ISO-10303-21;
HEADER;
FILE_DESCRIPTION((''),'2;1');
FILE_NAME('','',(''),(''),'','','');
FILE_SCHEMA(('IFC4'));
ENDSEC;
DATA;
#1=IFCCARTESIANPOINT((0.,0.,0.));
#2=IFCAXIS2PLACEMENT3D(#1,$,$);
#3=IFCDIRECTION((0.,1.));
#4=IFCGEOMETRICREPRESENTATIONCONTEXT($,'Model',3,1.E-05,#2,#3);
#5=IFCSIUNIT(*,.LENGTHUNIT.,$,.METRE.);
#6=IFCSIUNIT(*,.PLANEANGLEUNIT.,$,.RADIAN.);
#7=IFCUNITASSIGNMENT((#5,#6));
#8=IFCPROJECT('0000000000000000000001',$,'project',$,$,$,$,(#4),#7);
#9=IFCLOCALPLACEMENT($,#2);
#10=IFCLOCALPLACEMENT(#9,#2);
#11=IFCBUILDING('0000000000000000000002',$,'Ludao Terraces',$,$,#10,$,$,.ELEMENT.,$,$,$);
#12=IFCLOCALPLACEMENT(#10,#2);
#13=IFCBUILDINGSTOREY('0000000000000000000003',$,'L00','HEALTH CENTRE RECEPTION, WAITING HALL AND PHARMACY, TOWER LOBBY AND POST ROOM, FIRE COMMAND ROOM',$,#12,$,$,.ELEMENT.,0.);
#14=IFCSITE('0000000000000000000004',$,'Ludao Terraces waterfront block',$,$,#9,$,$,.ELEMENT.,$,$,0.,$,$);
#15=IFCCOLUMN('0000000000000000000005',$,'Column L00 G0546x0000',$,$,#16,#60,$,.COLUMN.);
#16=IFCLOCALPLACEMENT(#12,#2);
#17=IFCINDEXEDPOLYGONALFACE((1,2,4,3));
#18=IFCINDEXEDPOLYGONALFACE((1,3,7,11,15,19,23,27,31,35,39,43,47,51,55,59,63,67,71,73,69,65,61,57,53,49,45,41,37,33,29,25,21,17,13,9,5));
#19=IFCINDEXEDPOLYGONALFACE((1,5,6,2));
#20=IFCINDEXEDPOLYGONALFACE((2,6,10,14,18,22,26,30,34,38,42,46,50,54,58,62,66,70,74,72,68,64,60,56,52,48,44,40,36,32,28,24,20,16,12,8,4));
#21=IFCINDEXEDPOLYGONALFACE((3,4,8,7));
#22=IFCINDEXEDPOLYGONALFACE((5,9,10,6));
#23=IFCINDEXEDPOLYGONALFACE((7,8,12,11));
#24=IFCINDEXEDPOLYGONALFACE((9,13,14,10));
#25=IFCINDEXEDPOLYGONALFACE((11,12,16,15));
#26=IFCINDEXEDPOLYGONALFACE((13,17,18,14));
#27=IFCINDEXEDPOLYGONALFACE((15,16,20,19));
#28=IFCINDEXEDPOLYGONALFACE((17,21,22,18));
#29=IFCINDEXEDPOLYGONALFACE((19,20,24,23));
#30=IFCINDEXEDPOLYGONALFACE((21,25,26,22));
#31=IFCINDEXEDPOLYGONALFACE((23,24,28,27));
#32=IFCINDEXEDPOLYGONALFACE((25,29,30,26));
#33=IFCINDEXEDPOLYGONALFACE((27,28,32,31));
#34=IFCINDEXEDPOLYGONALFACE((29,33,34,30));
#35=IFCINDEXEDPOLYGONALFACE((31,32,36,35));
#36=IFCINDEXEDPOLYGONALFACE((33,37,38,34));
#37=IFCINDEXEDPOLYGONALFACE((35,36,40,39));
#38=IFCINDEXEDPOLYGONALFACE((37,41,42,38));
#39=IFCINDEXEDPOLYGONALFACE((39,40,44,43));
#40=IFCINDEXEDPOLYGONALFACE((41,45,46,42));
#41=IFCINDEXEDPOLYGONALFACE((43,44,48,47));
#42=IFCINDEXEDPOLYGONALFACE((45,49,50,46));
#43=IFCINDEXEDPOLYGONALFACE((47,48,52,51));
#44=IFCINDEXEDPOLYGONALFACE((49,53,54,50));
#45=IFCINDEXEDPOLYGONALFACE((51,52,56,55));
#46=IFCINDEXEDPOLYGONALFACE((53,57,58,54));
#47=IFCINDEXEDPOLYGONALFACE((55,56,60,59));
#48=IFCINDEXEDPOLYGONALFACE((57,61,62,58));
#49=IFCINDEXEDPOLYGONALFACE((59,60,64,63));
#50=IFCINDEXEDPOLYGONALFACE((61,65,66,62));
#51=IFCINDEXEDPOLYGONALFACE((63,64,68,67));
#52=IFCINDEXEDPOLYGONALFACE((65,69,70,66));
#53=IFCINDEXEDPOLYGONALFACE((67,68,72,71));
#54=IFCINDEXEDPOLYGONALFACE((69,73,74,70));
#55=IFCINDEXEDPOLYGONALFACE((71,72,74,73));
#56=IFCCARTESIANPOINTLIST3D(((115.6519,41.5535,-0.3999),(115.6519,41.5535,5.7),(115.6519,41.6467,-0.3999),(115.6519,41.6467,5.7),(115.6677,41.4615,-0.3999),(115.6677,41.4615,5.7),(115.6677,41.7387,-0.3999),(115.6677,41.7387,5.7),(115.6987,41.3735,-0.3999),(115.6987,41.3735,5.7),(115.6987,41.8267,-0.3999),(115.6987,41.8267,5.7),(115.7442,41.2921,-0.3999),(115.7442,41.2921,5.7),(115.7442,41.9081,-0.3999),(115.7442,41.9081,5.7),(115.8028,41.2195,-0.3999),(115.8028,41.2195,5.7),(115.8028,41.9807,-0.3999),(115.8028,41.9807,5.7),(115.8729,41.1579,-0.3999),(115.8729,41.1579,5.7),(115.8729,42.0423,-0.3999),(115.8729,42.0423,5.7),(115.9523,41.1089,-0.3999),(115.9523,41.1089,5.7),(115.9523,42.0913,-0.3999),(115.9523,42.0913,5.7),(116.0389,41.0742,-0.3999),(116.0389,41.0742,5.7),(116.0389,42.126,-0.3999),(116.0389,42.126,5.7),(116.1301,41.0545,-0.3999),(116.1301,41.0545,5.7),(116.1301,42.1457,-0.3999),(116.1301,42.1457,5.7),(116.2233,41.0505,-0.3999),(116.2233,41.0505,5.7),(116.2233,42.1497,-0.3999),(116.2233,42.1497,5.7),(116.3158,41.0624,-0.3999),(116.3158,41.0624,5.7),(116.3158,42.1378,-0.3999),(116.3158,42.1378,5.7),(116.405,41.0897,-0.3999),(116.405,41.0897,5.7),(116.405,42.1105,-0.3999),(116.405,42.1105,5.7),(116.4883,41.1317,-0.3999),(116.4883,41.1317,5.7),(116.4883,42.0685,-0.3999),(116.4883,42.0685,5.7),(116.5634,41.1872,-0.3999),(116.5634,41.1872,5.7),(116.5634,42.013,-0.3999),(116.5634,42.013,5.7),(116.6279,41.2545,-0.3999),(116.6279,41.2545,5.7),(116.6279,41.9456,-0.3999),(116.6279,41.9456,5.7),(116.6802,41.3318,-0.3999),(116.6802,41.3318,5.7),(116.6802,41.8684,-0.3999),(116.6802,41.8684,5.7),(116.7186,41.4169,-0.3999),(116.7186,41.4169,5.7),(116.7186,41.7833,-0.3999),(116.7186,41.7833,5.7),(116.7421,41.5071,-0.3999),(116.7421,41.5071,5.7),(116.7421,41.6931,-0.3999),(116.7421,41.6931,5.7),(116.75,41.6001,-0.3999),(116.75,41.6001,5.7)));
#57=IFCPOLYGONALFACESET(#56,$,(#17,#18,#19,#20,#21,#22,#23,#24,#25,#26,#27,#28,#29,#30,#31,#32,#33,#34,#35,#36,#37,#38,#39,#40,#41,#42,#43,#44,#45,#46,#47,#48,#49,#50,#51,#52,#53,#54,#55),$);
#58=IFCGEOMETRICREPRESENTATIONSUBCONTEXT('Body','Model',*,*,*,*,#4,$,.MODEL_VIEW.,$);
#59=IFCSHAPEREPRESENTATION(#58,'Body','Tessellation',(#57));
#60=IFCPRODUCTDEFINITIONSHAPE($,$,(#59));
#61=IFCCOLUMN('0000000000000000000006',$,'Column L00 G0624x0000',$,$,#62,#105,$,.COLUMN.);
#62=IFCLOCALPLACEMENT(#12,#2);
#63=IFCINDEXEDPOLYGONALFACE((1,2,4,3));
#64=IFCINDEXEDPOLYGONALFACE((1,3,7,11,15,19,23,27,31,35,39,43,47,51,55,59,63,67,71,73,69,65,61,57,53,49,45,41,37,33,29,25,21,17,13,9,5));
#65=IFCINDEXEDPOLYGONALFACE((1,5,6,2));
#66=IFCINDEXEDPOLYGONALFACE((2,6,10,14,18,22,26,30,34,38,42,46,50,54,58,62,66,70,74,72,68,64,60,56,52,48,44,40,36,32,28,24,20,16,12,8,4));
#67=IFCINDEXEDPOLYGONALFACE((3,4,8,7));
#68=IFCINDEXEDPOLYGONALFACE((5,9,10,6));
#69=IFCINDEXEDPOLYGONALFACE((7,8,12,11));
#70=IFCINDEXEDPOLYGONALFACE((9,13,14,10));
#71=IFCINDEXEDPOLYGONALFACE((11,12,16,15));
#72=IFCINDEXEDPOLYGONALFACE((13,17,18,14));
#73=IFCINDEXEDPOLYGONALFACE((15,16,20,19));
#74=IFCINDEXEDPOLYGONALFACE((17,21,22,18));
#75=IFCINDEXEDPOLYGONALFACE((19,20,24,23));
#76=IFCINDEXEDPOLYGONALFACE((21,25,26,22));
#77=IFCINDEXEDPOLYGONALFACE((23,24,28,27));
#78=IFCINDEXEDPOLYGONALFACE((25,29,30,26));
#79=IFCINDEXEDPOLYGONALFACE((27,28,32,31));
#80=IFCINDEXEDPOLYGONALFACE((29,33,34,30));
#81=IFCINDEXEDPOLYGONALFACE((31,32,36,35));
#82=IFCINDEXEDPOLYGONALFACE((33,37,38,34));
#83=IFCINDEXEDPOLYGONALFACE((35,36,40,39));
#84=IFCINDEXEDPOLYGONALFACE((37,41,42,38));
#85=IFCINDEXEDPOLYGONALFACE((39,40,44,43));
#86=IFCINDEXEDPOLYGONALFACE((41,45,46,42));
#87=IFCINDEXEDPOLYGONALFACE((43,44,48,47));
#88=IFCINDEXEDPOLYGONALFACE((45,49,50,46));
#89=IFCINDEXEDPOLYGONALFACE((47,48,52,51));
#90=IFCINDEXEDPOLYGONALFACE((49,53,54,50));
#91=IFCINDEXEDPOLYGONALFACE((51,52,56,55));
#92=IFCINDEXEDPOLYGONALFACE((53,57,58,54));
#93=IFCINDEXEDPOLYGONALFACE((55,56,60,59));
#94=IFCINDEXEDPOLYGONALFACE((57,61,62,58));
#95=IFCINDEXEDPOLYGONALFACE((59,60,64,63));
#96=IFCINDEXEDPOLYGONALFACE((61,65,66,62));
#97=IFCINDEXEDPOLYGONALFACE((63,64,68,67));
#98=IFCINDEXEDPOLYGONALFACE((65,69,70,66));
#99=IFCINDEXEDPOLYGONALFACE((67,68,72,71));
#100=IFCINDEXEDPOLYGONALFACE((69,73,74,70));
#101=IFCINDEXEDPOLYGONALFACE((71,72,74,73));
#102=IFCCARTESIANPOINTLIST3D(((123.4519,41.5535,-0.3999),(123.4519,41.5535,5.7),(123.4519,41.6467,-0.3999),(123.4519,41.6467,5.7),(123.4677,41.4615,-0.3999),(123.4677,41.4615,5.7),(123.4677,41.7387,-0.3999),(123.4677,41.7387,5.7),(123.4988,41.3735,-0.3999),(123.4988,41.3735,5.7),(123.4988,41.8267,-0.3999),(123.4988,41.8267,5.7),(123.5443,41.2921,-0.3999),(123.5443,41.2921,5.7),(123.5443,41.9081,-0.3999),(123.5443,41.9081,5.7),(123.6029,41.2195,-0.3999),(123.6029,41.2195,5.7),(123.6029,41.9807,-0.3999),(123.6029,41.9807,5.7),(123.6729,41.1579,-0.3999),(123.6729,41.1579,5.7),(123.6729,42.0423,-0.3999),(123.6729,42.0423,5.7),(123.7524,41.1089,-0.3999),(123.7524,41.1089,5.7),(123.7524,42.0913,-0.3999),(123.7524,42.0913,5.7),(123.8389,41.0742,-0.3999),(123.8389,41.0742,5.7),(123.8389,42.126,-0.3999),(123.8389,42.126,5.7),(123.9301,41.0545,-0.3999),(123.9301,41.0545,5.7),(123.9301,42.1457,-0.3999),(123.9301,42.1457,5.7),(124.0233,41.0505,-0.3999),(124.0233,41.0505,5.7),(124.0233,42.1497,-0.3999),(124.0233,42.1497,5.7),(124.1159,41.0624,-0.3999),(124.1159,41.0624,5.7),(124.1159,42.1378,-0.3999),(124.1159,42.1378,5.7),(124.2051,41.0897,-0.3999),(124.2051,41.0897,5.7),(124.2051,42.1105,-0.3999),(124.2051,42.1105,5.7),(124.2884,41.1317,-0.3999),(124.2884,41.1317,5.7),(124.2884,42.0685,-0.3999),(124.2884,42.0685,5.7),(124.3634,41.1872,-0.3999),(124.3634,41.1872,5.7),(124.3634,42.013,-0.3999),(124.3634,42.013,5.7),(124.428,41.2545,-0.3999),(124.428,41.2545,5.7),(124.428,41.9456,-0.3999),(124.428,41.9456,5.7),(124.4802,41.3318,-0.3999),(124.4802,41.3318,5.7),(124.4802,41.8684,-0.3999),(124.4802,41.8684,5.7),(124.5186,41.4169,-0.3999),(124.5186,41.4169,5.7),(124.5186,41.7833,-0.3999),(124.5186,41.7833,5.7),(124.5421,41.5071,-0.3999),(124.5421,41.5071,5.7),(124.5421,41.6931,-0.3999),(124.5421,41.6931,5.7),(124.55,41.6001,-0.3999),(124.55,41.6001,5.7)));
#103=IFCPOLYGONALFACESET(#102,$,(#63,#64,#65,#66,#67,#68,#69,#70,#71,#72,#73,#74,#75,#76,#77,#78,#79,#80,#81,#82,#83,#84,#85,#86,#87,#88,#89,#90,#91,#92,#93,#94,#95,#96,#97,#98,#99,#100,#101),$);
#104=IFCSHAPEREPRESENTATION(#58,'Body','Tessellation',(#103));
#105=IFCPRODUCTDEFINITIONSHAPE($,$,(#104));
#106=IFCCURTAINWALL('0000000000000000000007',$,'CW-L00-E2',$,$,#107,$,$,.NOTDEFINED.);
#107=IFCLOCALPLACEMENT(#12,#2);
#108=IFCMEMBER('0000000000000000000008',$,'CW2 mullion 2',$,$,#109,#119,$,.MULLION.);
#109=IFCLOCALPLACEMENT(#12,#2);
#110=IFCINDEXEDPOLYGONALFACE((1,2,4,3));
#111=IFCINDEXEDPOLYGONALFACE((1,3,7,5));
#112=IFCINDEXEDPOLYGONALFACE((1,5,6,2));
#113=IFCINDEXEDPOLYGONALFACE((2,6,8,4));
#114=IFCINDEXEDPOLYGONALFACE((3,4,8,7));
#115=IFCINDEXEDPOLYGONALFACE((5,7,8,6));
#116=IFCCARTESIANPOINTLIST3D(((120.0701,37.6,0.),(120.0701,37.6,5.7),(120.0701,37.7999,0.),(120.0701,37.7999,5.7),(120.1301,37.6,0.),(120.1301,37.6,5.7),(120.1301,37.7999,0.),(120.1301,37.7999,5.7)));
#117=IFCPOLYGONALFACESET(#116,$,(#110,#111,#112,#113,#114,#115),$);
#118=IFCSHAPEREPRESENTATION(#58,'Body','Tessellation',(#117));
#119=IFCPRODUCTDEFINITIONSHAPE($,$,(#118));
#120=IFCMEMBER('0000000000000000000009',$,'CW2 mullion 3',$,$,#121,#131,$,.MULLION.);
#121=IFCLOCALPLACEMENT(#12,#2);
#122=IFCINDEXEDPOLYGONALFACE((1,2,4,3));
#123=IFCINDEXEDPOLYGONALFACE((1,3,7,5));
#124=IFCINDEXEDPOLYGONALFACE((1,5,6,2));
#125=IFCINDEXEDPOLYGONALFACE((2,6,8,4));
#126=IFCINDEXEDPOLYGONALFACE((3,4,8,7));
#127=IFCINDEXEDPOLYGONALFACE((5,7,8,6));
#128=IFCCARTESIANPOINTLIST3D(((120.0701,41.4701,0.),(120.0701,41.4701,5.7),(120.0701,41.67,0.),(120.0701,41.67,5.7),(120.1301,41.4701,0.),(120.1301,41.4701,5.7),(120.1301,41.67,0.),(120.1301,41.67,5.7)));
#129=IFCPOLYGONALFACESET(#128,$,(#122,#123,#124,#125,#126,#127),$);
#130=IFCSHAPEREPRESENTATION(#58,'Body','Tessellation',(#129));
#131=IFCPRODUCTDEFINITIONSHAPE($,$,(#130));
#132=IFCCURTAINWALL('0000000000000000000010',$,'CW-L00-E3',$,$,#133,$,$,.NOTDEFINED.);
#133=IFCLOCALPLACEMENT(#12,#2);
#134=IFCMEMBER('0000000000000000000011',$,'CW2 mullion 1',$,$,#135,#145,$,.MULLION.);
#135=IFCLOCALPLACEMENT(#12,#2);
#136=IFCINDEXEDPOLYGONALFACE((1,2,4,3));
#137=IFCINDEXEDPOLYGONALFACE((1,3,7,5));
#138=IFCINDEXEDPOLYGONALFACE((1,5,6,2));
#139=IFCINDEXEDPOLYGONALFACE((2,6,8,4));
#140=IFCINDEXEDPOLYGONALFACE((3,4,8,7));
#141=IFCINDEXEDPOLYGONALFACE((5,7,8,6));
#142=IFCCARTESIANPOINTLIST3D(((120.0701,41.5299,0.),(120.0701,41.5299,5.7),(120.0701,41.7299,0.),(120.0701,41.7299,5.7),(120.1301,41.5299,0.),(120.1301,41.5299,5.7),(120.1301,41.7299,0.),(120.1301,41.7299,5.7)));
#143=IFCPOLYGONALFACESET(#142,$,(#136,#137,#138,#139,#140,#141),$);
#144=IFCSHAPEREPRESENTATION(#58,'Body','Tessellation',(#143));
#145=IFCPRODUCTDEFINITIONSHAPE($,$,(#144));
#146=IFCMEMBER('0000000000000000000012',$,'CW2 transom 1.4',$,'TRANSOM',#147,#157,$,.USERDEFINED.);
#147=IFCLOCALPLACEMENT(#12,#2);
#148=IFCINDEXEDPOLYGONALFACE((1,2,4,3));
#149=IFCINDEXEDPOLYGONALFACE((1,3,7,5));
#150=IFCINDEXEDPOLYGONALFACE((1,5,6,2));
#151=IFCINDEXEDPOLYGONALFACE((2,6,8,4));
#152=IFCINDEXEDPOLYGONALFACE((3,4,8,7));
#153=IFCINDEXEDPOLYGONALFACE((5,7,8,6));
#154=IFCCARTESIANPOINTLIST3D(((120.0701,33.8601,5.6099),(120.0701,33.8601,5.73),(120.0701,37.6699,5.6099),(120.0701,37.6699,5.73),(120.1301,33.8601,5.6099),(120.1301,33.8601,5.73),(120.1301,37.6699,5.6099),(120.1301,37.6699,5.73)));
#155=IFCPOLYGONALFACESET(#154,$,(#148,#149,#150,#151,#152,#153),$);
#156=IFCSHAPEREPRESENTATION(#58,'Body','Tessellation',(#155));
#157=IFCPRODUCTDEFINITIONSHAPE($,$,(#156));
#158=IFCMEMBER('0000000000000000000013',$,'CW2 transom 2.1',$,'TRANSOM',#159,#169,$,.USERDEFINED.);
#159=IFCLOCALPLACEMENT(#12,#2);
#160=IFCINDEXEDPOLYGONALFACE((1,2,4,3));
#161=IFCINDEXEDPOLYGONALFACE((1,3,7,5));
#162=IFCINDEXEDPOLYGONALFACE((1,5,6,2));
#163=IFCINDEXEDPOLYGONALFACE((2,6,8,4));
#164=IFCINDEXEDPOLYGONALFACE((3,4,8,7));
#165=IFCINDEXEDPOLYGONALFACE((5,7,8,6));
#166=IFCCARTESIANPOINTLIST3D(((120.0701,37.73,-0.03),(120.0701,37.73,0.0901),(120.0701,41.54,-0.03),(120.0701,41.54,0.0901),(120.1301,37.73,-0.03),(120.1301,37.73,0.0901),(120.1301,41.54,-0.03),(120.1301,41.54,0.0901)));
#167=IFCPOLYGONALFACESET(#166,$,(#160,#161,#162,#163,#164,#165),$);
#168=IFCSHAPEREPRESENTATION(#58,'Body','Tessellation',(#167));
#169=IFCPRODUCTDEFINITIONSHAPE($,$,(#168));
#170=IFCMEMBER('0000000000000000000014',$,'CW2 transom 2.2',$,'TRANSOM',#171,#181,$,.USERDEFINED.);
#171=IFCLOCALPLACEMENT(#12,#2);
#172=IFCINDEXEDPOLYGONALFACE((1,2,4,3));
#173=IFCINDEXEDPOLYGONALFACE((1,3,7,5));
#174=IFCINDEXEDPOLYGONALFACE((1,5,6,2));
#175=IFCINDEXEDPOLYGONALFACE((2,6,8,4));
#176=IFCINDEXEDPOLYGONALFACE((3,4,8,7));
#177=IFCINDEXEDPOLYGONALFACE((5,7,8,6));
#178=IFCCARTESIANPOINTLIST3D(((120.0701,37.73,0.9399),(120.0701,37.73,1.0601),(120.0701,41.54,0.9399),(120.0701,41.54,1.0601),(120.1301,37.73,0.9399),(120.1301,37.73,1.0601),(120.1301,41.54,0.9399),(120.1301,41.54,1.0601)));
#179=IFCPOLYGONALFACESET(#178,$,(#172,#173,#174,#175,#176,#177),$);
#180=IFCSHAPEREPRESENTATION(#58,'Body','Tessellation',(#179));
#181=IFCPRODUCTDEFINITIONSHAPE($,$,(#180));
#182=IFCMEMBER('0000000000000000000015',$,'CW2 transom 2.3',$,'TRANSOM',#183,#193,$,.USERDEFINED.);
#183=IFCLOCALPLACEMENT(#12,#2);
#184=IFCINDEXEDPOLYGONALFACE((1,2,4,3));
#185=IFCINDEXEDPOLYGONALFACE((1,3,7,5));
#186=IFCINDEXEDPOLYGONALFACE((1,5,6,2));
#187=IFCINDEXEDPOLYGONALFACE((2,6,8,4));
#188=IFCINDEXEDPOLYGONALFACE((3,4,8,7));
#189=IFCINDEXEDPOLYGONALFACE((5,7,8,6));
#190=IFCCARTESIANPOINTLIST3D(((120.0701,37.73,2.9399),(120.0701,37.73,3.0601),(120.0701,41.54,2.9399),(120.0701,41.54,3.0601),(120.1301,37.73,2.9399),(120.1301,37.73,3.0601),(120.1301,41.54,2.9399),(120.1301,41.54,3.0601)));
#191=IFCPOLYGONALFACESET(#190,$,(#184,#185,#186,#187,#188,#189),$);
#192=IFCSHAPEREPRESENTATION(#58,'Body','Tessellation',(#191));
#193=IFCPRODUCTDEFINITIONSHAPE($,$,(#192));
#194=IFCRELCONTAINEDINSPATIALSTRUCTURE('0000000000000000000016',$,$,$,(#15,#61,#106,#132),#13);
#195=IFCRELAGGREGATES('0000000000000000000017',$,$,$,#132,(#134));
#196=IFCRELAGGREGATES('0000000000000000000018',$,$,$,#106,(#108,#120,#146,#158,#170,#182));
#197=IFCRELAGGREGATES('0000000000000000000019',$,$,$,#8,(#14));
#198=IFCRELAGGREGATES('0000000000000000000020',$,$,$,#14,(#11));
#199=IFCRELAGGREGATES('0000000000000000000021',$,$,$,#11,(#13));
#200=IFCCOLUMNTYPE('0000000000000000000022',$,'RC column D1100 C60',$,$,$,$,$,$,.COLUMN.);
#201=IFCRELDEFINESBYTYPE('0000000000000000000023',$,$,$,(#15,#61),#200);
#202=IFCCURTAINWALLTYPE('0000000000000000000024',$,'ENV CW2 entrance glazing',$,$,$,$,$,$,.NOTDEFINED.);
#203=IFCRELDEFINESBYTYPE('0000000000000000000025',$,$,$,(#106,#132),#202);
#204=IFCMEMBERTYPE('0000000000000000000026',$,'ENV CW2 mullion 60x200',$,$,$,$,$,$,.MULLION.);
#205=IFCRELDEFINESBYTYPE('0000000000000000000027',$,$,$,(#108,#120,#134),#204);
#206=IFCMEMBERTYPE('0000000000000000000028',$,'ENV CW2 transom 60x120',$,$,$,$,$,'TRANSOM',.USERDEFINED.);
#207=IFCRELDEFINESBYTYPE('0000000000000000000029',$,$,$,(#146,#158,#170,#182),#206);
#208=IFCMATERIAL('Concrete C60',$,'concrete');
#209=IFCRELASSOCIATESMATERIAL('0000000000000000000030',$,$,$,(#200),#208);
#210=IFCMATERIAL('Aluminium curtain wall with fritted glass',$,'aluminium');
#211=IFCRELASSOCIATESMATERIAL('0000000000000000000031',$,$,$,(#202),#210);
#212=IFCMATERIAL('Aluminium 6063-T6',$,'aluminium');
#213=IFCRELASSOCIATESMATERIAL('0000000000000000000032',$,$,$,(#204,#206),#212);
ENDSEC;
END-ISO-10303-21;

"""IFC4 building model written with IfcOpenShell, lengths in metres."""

from ifc_helpers import new_model, si_unit, direction, frame, origin, origin_2d, place, context, subcontext, project, spatial, rectangle, circle, extrude, material, material_profile, profile_set, type_object, element, aggregate, save


model = new_model("IFC4")

# Units and contexts
model_context = context("Model", 3, precision=1e-05, world=origin(), true_north=direction((0.0, 1.0)))
body_context = subcontext(model_context, "Body", "Model", "MODEL_VIEW")
ifc_project = project(units=[si_unit("LENGTHUNIT", "METRE"), si_unit("PLANEANGLEUNIT", "RADIAN")], contexts=[model_context])

# Site, building, storey
site_placement = place(None, origin())
site = spatial("IfcSite", under=ifc_project, at=site_placement, Name="Ludao Terraces waterfront block", CompositionType="ELEMENT", RefElevation=0.0)
building_placement = place(site_placement, origin())
building = spatial("IfcBuilding", under=site, at=building_placement, Name="Ludao Terraces", CompositionType="ELEMENT")
storey_placement = place(building_placement, origin())
storey = spatial("IfcBuildingStorey", under=building, at=storey_placement, Name="L00", Description="HEALTH CENTRE RECEPTION, WAITING HALL AND PHARMACY, TOWER LOBBY AND POST ROOM, FIRE COMMAND ROOM", CompositionType="ELEMENT", Elevation=0.0)

# Columns
ifc_material_1 = material(Name="Concrete C60", Category="concrete")
ifc_material_profile_1 = material_profile(ifc_material_1, circle(Radius=0.55, at=origin_2d()), Name="D1100")
ifc_profile_set_1 = profile_set([ifc_material_profile_1], Name="Concrete C60")
column_type = type_object("IfcColumnType", Name="RC column D1100 C60", PredefinedType="COLUMN", material=ifc_profile_set_1)
for number, where, z_axis, x_axis, name in (
    (1, (116.2, 41.6001, -0.3999), (0.0, 0.0, 1.0), (1.0, 0.0, 0.0), "Column L00 G0546x0000"),
    (2, (124.0, 41.6001, -0.3999), (0.0, 0.0, 1.0), (1.0, 0.0, 0.0), "Column L00 G0624x0000"),
):
    element("IfcColumn", number, at=place(storey_placement, frame(where, z_axis=z_axis, x_axis=x_axis)), inside=storey, type_object=column_type, Name=name, PredefinedType="COLUMN", context=body_context, shape_type="SweptSolid", body=[
        extrude(circle(Radius=0.55, at=origin_2d()), origin(), (0.0, 0.0, 1.0), 6.0999),
    ])

# Curtain wall, members
ifc_material_2 = material(Name="Aluminium curtain wall with fritted glass", Category="aluminium")
curtain_wall_type = type_object("IfcCurtainWallType", Name="ENV CW2 entrance glazing", PredefinedType="NOTDEFINED", material=ifc_material_2)
curtain_wall_1_placement = place(storey_placement, origin())
curtain_wall_1 = element("IfcCurtainWall", 3, at=curtain_wall_1_placement, inside=storey, type_object=curtain_wall_type, Name="CW-L00-E2", PredefinedType="NOTDEFINED")
ifc_material_3 = material(Name="Aluminium 6063-T6", Category="aluminium")
ifc_material_profile_2 = material_profile(ifc_material_3, rectangle(XDim=0.0601, YDim=0.2, at=origin_2d()), Name="60 X 200")
ifc_profile_set_2 = profile_set([ifc_material_profile_2], Name="Aluminium 6063-T6")
member_type_1 = type_object("IfcMemberType", Name="ENV CW2 mullion 60x200", PredefinedType="MULLION", material=ifc_profile_set_2)
member_1_placement = place(storey_placement, frame((120.1001, 37.7, 0.0), z_axis=(0.0, 0.0, 1.0), x_axis=(-1.0, 0.0, 0.0)))
member_1 = element("IfcMember", 4, at=member_1_placement, type_object=member_type_1, Name="CW2 mullion 2", PredefinedType="MULLION", context=body_context, shape_type="SweptSolid", body=[
    extrude(rectangle(XDim=0.0601, YDim=0.2, at=origin_2d()), origin(), (0.0, 0.0, 1.0), 5.7),
])
member_2_placement = place(storey_placement, frame((120.1001, 41.5701, 0.0), z_axis=(0.0, 0.0, 1.0), x_axis=(-1.0, 0.0, 0.0)))
member_2 = element("IfcMember", 5, at=member_2_placement, type_object=member_type_1, Name="CW2 mullion 3", PredefinedType="MULLION", context=body_context, shape_type="SweptSolid", body=[
    extrude(rectangle(XDim=0.0601, YDim=0.2, at=origin_2d()), origin(), (0.0, 0.0, 1.0), 5.7),
])

# Curtain wall, member
curtain_wall_2_placement = place(storey_placement, origin())
curtain_wall_2 = element("IfcCurtainWall", 6, at=curtain_wall_2_placement, inside=storey, type_object=curtain_wall_type, Name="CW-L00-E3", PredefinedType="NOTDEFINED")
member_3_placement = place(storey_placement, frame((120.1001, 41.6299, 0.0), z_axis=(0.0, 0.0, 1.0), x_axis=(-1.0, 0.0, 0.0)))
member_3 = element("IfcMember", 7, at=member_3_placement, type_object=member_type_1, Name="CW2 mullion 1", PredefinedType="MULLION", context=body_context, shape_type="SweptSolid", body=[
    extrude(rectangle(XDim=0.0601, YDim=0.2, at=origin_2d()), origin(), (0.0, 0.0, 1.0), 5.7),
])

# Members
ifc_material_profile_3 = material_profile(ifc_material_3, rectangle(XDim=0.0601, YDim=0.1201, at=origin_2d()), Name="60 X 120")
ifc_profile_set_3 = profile_set([ifc_material_profile_3], Name="Aluminium 6063-T6")
member_type_2 = type_object("IfcMemberType", Name="ENV CW2 transom 60x120", ElementType="TRANSOM", PredefinedType="USERDEFINED", material=ifc_profile_set_3)
member_4_placement = place(storey_placement, frame((120.1001, 33.8601, 5.6699), z_axis=(0.0, 1.0, 0.0), x_axis=(-1.0, 0.0, 0.0)))
member_4 = element("IfcMember", 8, at=member_4_placement, type_object=member_type_2, Name="CW2 transom 1.4", ObjectType="TRANSOM", PredefinedType="USERDEFINED", context=body_context, shape_type="SweptSolid", body=[
    extrude(rectangle(XDim=0.0601, YDim=0.1201, at=origin_2d()), origin(), (0.0, 0.0, 1.0), 3.8098),
])
member_5_placement = place(storey_placement, frame((120.1001, 37.73, 0.03), z_axis=(0.0, 1.0, 0.0), x_axis=(-1.0, 0.0, 0.0)))
member_5 = element("IfcMember", 9, at=member_5_placement, type_object=member_type_2, Name="CW2 transom 2.1", ObjectType="TRANSOM", PredefinedType="USERDEFINED", context=body_context, shape_type="SweptSolid", body=[
    extrude(rectangle(XDim=0.0601, YDim=0.1201, at=origin_2d()), origin(), (0.0, 0.0, 1.0), 3.8101),
])
member_6_placement = place(storey_placement, frame((120.1001, 37.73, 1.0), z_axis=(0.0, 1.0, 0.0), x_axis=(-1.0, 0.0, 0.0)))
member_6 = element("IfcMember", 10, at=member_6_placement, type_object=member_type_2, Name="CW2 transom 2.2", ObjectType="TRANSOM", PredefinedType="USERDEFINED", context=body_context, shape_type="SweptSolid", body=[
    extrude(rectangle(XDim=0.0601, YDim=0.1201, at=origin_2d()), origin(), (0.0, 0.0, 1.0), 3.8101),
])
member_7_placement = place(storey_placement, frame((120.1001, 37.73, 3.0), z_axis=(0.0, 1.0, 0.0), x_axis=(-1.0, 0.0, 0.0)))
member_7 = element("IfcMember", 11, at=member_7_placement, type_object=member_type_2, Name="CW2 transom 2.3", ObjectType="TRANSOM", PredefinedType="USERDEFINED", context=body_context, shape_type="SweptSolid", body=[
    extrude(rectangle(XDim=0.0601, YDim=0.1201, at=origin_2d()), origin(), (0.0, 0.0, 1.0), 3.8101),
])
aggregate(curtain_wall_2, [member_3])

aggregate(curtain_wall_1, [member_1, member_2, member_4, member_5, member_6, member_7])

save(model, "model.ifc")
